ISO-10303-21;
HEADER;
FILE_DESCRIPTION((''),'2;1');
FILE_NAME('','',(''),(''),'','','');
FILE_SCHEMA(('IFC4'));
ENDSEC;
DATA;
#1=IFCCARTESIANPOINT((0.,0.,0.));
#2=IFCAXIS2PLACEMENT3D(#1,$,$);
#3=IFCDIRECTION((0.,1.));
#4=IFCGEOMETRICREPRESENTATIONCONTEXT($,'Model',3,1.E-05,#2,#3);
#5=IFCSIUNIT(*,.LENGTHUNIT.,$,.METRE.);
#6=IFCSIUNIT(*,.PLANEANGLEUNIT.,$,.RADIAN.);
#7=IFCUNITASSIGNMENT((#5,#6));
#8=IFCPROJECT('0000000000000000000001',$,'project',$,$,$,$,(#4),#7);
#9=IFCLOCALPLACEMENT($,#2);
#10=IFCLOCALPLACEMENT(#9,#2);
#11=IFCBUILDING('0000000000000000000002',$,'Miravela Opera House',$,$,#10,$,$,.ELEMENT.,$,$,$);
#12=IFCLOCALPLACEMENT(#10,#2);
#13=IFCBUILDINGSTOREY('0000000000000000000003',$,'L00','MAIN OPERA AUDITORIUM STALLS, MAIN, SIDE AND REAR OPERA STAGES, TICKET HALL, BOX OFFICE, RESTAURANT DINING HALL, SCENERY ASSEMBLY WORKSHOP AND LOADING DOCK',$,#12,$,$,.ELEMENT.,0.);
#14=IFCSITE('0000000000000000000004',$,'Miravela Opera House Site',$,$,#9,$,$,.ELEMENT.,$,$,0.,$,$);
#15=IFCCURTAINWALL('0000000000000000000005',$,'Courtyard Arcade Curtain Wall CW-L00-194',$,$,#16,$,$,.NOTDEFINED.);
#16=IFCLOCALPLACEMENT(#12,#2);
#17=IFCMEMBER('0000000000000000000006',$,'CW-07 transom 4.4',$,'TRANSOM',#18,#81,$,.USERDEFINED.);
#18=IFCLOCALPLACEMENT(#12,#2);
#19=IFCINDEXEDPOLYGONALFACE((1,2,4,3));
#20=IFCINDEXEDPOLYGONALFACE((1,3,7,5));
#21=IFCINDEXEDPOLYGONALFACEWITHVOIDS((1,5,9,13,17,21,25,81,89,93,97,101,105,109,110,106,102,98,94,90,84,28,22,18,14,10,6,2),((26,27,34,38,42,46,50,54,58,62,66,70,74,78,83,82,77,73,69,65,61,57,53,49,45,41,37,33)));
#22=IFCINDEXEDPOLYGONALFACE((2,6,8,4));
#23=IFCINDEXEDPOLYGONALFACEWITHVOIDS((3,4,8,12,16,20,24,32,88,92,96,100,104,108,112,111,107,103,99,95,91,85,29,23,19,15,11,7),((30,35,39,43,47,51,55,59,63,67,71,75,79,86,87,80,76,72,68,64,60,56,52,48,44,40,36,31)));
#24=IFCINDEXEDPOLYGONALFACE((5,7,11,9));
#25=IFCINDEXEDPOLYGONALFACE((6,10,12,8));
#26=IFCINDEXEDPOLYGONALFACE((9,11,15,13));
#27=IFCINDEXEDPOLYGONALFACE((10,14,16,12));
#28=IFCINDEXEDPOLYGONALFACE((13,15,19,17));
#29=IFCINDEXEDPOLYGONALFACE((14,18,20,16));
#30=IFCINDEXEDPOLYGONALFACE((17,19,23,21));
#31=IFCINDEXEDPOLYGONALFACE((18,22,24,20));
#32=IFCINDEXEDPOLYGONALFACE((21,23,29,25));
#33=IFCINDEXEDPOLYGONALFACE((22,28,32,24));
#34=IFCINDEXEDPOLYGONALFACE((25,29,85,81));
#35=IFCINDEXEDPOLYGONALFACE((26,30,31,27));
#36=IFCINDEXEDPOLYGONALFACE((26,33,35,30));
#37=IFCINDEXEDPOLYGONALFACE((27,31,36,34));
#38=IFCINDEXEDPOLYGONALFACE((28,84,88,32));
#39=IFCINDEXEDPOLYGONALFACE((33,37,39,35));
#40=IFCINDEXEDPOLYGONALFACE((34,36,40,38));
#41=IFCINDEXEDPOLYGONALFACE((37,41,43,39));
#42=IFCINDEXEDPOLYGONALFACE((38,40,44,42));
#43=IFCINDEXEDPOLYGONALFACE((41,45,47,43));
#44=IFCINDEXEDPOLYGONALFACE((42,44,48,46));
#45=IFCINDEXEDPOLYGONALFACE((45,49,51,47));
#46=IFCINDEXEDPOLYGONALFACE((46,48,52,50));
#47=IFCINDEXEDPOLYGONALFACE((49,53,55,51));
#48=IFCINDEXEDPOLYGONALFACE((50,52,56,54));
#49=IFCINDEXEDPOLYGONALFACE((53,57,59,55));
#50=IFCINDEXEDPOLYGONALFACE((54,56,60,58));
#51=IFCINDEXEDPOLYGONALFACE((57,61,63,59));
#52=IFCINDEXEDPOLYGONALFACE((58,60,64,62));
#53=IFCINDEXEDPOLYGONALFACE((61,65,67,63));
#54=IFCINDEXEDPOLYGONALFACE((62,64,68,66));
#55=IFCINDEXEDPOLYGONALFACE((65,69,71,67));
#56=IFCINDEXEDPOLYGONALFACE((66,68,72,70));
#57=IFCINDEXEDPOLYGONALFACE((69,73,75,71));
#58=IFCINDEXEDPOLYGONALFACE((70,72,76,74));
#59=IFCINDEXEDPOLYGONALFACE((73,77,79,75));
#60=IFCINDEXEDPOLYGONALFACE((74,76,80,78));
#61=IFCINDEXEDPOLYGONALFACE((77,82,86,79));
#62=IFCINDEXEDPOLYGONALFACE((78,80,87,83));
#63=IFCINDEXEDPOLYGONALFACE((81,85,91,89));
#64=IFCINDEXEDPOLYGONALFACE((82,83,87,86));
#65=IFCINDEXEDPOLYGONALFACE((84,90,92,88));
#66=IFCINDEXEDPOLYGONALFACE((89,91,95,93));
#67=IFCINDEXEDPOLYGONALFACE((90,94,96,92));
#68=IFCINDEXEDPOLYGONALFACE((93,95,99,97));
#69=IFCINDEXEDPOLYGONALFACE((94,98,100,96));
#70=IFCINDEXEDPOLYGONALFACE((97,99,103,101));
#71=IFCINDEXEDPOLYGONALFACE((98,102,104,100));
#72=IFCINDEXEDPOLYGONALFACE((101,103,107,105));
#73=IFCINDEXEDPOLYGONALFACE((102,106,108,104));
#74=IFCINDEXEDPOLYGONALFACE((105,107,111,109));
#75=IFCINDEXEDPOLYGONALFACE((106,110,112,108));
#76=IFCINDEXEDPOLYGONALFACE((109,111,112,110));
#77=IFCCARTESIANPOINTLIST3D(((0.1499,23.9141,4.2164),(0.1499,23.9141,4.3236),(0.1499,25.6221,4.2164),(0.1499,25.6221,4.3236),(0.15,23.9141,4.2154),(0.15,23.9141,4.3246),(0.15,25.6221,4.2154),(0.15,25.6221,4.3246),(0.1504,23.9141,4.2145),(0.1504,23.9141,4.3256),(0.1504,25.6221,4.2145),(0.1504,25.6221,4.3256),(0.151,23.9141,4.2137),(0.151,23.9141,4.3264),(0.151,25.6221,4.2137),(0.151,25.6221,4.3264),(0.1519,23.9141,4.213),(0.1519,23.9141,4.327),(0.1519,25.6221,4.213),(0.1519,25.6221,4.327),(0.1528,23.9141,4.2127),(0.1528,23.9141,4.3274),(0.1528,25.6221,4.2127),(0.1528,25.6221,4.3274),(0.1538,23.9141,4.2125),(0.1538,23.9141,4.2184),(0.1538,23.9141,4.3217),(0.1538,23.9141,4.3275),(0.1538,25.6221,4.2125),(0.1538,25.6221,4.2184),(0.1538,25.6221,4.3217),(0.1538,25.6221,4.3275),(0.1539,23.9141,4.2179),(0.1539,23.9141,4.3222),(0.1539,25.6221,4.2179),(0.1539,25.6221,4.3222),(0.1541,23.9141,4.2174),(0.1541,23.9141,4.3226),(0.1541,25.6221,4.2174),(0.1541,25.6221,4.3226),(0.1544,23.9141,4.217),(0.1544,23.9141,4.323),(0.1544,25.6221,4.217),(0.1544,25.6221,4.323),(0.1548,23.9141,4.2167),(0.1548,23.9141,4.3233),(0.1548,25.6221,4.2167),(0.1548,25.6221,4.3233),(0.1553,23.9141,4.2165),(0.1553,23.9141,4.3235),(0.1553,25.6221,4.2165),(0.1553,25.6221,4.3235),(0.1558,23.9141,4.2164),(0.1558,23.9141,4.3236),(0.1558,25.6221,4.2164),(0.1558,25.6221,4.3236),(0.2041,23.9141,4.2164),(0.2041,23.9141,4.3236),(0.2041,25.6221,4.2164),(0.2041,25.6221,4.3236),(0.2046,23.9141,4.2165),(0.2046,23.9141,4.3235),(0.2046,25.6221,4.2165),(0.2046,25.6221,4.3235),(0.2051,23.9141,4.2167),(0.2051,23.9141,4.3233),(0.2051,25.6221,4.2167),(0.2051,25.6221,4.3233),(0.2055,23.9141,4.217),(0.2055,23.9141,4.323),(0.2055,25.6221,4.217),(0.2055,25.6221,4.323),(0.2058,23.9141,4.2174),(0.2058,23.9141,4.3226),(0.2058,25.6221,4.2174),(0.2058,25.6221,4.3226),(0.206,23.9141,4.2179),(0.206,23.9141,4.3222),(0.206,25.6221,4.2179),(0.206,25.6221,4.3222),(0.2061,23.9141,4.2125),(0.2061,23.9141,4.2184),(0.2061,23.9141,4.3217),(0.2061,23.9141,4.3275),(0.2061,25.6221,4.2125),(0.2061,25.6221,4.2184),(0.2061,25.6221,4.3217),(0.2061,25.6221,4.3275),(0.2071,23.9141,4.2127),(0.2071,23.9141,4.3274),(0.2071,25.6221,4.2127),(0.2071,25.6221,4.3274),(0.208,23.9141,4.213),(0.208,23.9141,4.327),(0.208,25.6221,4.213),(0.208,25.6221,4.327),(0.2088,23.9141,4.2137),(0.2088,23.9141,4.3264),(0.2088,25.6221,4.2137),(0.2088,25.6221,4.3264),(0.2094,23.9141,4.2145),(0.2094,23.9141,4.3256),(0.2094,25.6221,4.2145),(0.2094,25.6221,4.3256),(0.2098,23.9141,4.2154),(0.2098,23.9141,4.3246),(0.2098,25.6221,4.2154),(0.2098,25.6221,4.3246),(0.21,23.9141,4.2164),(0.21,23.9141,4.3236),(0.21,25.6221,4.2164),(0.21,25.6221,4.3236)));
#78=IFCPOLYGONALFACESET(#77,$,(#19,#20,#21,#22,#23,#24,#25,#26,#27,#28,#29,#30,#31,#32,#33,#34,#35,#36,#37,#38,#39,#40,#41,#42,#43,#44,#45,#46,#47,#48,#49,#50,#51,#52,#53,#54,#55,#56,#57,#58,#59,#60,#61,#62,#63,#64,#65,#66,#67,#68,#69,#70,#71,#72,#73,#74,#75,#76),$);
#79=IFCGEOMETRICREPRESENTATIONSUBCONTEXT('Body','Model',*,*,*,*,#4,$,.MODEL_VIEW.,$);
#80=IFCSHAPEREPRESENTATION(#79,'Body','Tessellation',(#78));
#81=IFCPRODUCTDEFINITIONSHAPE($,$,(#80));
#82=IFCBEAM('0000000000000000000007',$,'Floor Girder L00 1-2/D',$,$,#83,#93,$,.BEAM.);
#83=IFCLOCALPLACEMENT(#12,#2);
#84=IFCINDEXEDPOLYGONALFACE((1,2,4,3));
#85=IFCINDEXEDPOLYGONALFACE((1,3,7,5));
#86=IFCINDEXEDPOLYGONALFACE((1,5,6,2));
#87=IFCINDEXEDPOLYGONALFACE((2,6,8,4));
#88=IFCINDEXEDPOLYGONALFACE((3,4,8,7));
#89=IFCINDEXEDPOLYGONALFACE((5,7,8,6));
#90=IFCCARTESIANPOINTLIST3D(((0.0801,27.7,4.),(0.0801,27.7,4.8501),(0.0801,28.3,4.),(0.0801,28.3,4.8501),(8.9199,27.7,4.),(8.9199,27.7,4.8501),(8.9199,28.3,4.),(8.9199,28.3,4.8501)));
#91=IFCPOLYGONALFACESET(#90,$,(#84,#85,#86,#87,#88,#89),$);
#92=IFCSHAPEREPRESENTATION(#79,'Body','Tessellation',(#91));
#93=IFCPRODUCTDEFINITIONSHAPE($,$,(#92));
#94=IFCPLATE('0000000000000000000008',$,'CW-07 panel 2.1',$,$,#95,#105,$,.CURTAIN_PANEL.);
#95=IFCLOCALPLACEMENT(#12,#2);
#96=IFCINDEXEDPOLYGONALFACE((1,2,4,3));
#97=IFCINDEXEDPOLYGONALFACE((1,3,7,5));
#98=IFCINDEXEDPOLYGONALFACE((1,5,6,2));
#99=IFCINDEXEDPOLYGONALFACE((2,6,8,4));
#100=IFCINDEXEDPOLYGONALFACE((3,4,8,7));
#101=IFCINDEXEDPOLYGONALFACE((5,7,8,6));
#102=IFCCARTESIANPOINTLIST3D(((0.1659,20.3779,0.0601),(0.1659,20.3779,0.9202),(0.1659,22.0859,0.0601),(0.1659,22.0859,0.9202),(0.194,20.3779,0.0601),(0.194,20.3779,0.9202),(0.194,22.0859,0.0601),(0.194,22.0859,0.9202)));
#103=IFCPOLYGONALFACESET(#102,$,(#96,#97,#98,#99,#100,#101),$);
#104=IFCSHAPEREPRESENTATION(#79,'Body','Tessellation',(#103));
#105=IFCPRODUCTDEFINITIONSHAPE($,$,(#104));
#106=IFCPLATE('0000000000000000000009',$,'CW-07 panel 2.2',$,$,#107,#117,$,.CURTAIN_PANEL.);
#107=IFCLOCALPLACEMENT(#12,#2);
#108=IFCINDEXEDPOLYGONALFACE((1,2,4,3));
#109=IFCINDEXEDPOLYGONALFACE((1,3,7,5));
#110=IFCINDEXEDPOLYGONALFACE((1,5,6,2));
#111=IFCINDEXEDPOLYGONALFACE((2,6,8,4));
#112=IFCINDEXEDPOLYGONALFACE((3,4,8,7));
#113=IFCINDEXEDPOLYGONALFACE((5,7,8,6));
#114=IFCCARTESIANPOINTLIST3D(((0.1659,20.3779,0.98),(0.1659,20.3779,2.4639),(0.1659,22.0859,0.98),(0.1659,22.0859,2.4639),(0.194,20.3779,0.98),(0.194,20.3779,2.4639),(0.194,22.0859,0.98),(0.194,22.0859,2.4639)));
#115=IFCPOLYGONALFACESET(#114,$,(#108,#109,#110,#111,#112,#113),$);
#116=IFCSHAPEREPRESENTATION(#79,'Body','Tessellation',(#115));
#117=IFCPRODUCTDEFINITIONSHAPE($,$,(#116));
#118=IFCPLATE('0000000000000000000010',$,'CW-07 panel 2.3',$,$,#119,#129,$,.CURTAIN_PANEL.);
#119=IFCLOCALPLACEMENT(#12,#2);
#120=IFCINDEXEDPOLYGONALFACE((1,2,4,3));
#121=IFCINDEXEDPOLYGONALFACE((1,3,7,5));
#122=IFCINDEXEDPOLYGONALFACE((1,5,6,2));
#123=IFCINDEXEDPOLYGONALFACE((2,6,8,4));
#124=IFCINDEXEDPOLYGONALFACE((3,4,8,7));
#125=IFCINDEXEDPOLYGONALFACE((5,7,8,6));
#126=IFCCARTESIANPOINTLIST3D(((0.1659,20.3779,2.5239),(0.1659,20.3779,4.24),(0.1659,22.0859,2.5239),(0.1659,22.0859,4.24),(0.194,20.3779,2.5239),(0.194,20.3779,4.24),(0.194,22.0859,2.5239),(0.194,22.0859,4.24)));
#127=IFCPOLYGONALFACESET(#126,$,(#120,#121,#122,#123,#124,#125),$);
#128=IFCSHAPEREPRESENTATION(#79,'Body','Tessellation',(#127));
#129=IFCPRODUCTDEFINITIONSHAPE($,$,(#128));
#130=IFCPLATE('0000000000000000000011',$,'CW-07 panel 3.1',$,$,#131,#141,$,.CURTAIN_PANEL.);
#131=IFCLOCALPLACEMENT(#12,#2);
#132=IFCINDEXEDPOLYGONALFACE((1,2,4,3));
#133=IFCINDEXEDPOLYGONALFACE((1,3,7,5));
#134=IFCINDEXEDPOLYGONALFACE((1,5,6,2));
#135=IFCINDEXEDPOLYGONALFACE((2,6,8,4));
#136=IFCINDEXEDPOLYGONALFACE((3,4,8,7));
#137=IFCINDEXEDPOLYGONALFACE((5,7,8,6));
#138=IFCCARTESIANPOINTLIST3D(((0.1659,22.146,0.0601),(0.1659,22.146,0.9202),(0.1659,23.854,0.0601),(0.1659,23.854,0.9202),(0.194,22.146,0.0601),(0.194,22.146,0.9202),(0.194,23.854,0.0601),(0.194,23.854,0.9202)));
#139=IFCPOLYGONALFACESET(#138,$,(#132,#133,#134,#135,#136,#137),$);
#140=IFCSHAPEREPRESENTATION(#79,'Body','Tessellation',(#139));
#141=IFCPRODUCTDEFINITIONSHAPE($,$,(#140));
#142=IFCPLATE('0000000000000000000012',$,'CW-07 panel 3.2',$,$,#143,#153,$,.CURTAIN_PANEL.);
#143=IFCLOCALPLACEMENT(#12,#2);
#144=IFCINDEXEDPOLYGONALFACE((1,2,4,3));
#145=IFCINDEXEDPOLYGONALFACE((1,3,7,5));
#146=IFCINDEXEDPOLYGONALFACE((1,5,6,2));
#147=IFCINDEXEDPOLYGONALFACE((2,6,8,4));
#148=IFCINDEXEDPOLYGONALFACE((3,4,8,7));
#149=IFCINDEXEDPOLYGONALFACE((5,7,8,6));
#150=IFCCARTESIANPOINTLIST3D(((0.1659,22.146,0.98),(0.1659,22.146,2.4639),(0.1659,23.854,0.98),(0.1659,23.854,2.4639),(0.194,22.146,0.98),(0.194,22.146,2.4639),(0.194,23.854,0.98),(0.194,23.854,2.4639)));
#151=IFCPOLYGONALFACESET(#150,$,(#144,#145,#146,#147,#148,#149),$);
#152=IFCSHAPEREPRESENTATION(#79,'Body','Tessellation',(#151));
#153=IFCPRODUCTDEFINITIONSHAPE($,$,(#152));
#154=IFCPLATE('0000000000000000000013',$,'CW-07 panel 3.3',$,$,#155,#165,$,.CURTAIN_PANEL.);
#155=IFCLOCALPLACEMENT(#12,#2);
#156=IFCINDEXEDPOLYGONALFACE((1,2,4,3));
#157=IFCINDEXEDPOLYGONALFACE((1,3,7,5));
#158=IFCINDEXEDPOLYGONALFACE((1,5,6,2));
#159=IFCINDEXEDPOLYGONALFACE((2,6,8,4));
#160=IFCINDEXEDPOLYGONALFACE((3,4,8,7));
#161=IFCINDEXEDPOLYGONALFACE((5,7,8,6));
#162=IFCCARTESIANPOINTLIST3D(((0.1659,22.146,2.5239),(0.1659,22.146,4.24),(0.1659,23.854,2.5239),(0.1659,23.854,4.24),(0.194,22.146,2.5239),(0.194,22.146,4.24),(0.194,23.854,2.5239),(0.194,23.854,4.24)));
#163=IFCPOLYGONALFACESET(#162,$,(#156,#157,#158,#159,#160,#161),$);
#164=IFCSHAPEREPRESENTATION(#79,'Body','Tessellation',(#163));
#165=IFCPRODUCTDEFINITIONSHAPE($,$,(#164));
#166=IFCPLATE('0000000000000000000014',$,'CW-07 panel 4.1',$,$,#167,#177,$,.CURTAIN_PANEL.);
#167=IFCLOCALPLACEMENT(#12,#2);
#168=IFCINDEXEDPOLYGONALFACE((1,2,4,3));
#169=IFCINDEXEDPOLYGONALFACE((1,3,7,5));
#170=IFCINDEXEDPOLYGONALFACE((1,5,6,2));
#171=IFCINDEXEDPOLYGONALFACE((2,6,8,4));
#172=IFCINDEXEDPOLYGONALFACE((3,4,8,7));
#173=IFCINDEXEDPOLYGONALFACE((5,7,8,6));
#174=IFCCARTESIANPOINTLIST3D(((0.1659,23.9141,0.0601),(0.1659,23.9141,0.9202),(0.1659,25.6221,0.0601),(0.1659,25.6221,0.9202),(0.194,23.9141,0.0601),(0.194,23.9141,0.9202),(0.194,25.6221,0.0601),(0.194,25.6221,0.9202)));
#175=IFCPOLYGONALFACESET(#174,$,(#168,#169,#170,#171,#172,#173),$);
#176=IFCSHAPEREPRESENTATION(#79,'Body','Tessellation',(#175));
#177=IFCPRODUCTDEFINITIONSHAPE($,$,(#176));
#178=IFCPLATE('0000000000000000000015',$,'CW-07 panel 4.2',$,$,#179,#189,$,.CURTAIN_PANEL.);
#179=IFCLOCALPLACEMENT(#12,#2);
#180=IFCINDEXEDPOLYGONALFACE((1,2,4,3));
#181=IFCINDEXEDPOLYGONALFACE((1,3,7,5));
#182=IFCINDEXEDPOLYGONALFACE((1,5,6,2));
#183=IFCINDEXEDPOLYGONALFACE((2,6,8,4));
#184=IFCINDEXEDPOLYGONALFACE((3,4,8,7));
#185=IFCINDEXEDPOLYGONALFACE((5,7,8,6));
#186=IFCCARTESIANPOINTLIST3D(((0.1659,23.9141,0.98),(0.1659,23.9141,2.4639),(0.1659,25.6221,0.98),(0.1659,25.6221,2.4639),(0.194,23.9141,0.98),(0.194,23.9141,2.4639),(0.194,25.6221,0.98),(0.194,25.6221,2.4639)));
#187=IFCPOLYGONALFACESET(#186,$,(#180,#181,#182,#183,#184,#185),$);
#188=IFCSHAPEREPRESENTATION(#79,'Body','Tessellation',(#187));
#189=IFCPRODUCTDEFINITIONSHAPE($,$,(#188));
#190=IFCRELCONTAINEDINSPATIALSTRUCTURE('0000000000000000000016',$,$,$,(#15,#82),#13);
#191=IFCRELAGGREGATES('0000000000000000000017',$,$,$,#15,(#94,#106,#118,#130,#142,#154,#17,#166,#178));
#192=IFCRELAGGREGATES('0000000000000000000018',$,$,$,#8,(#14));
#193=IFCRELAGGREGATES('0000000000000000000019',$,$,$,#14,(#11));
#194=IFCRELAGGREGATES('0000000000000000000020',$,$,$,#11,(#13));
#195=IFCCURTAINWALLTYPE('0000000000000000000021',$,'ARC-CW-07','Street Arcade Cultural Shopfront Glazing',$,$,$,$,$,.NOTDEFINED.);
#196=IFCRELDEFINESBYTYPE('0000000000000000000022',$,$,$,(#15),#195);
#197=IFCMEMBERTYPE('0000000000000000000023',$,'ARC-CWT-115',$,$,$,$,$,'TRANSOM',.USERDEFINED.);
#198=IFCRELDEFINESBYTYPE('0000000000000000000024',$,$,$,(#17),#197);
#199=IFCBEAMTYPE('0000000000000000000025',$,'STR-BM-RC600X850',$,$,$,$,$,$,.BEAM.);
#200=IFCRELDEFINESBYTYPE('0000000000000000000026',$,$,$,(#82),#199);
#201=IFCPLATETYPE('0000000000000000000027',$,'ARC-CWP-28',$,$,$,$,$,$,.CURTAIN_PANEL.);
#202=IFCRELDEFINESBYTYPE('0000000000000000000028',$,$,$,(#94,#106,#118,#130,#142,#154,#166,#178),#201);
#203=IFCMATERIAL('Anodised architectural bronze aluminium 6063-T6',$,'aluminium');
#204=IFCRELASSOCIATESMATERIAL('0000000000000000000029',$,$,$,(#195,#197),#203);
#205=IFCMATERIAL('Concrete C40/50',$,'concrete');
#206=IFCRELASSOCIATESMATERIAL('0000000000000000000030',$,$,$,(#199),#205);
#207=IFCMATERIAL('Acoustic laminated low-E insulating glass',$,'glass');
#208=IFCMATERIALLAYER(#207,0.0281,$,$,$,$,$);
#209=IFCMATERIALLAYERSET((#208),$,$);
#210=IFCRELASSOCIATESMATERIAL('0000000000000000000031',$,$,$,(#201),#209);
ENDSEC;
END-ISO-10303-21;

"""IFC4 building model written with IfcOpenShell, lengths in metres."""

from ifc_helpers import new_model, si_unit, direction, frame, origin, origin_2d, place, context, subcontext, project, spatial, rectangle, hollow_rectangle, extrude, material, layer, layer_set, material_profile, profile_set, type_object, element, aggregate, save


model = new_model("IFC4")

# Units and contexts
model_context = context("Model", 3, precision=1e-05, world=origin(), true_north=direction((0.0, 1.0)))
body_context = subcontext(model_context, "Body", "Model", "MODEL_VIEW")
ifc_project = project(units=[si_unit("LENGTHUNIT", "METRE"), si_unit("PLANEANGLEUNIT", "RADIAN")], contexts=[model_context])

# Site, building, storey
site_placement = place(None, origin())
site = spatial("IfcSite", under=ifc_project, at=site_placement, Name="Miravela Opera House Site", CompositionType="ELEMENT", RefElevation=0.0)
building_placement = place(site_placement, origin())
building = spatial("IfcBuilding", under=site, at=building_placement, Name="Miravela Opera House", CompositionType="ELEMENT")
storey_placement = place(building_placement, origin())
storey = spatial("IfcBuildingStorey", under=building, at=storey_placement, Name="L00", Description="MAIN OPERA AUDITORIUM STALLS, MAIN, SIDE AND REAR OPERA STAGES, TICKET HALL, BOX OFFICE, RESTAURANT DINING HALL, SCENERY ASSEMBLY WORKSHOP AND LOADING DOCK", CompositionType="ELEMENT", Elevation=0.0)

# Shared definitions
ifc_material_1 = material(Name="Concrete C40/50", Category="concrete")

# Curtain wall, member
ifc_material_2 = material(Name="Anodised architectural bronze aluminium 6063-T6", Category="aluminium")
curtain_wall_type = type_object("IfcCurtainWallType", Name="ARC-CW-07", Description="Street Arcade Cultural Shopfront Glazing", PredefinedType="NOTDEFINED", material=ifc_material_2)
curtain_wall_placement = place(storey_placement, origin())
curtain_wall = element("IfcCurtainWall", 1, at=curtain_wall_placement, inside=storey, type_object=curtain_wall_type, Name="Courtyard Arcade Curtain Wall CW-L00-194", PredefinedType="NOTDEFINED")
ifc_material_profile_1 = material_profile(ifc_material_2, hollow_rectangle(XDim=0.0601, YDim=0.115, WallThickness=0.0039, InnerFilletRadius=0.002, OuterFilletRadius=0.0039, at=origin_2d()), Name="CWT-60X115")
ifc_profile_set_1 = profile_set([ifc_material_profile_1])
member_type_1 = type_object("IfcMemberType", Name="ARC-CWT-115", ElementType="TRANSOM", PredefinedType="USERDEFINED", material=ifc_profile_set_1)
member_1_placement = place(storey_placement, frame((0.1799, 23.9141, 4.27), z_axis=(0.0, 1.0, 0.0), x_axis=(-1.0, 0.0, 0.0)))
member_1 = element("IfcMember", 2, at=member_1_placement, type_object=member_type_1, Name="CW-07 transom 4.4", ObjectType="TRANSOM", PredefinedType="USERDEFINED", context=body_context, shape_type="SweptSolid", body=[
    extrude(hollow_rectangle(XDim=0.0601, YDim=0.115, WallThickness=0.0039, InnerFilletRadius=0.002, OuterFilletRadius=0.0039, at=origin_2d()), origin(), (0.0, 0.0, 1.0), 1.708),
])

# Beam
ifc_material_profile_2 = material_profile(ifc_material_1, rectangle(XDim=0.6001, YDim=0.8501, at=origin_2d()), Name="RC-BM-600X850")
ifc_profile_set_2 = profile_set([ifc_material_profile_2])
beam_type = type_object("IfcBeamType", Name="STR-BM-RC600X850", PredefinedType="BEAM", material=ifc_profile_set_2)
beam_placement = place(storey_placement, frame((0.0801, 28.0, 4.425), z_axis=(1.0, 0.0, 0.0), x_axis=(0.0, 1.0, 0.0)))
element("IfcBeam", 3, at=beam_placement, inside=storey, type_object=beam_type, Name="Floor Girder L00 1-2/D", PredefinedType="BEAM", context=body_context, shape_type="SweptSolid", body=[
    extrude(rectangle(XDim=0.6001, YDim=0.8501, at=origin_2d()), origin(), (0.0, 0.0, 1.0), 8.8398),
])

# Plates
ifc_material_3 = material(Name="Acoustic laminated low-E insulating glass", Category="glass")
ifc_layer = layer(ifc_material_3, 0.0281)
ifc_layer_set = layer_set([ifc_layer])
plate_type = type_object("IfcPlateType", Name="ARC-CWP-28", PredefinedType="CURTAIN_PANEL", material=ifc_layer_set)
plate_1_placement = place(storey_placement, frame((0.1799, 21.2319, 0.0601), z_axis=(0.0, 0.0, 1.0), x_axis=(0.0, 1.0, 0.0)))
plate_1 = element("IfcPlate", 4, at=plate_1_placement, type_object=plate_type, Name="CW-07 panel 2.1", PredefinedType="CURTAIN_PANEL", context=body_context, shape_type="SweptSolid", body=[
    extrude(rectangle(XDim=1.708, YDim=0.0281, at=origin_2d()), origin(), (0.0, 0.0, 1.0), 0.8601),
])
plate_2_placement = place(storey_placement, frame((0.1799, 21.2319, 0.98), z_axis=(0.0, 0.0, 1.0), x_axis=(0.0, 1.0, 0.0)))
plate_2 = element("IfcPlate", 5, at=plate_2_placement, type_object=plate_type, Name="CW-07 panel 2.2", PredefinedType="CURTAIN_PANEL", context=body_context, shape_type="SweptSolid", body=[
    extrude(rectangle(XDim=1.708, YDim=0.0281, at=origin_2d()), origin(), (0.0, 0.0, 1.0), 1.4839),
])
plate_3_placement = place(storey_placement, frame((0.1799, 21.2319, 2.5239), z_axis=(0.0, 0.0, 1.0), x_axis=(0.0, 1.0, 0.0)))
plate_3 = element("IfcPlate", 6, at=plate_3_placement, type_object=plate_type, Name="CW-07 panel 2.3", PredefinedType="CURTAIN_PANEL", context=body_context, shape_type="SweptSolid", body=[
    extrude(rectangle(XDim=1.708, YDim=0.0281, at=origin_2d()), origin(), (0.0, 0.0, 1.0), 1.7161),
])
plate_4_placement = place(storey_placement, frame((0.1799, 23.0, 0.0601), z_axis=(0.0, 0.0, 1.0), x_axis=(0.0, 1.0, 0.0)))
plate_4 = element("IfcPlate", 7, at=plate_4_placement, type_object=plate_type, Name="CW-07 panel 3.1", PredefinedType="CURTAIN_PANEL", context=body_context, shape_type="SweptSolid", body=[
    extrude(rectangle(XDim=1.708, YDim=0.0281, at=origin_2d()), origin(), (0.0, 0.0, 1.0), 0.8601),
])
plate_5_placement = place(storey_placement, frame((0.1799, 23.0, 0.98), z_axis=(0.0, 0.0, 1.0), x_axis=(0.0, 1.0, 0.0)))
plate_5 = element("IfcPlate", 8, at=plate_5_placement, type_object=plate_type, Name="CW-07 panel 3.2", PredefinedType="CURTAIN_PANEL", context=body_context, shape_type="SweptSolid", body=[
    extrude(rectangle(XDim=1.708, YDim=0.0281, at=origin_2d()), origin(), (0.0, 0.0, 1.0), 1.4839),
])
plate_6_placement = place(storey_placement, frame((0.1799, 23.0, 2.5239), z_axis=(0.0, 0.0, 1.0), x_axis=(0.0, 1.0, 0.0)))
plate_6 = element("IfcPlate", 9, at=plate_6_placement, type_object=plate_type, Name="CW-07 panel 3.3", PredefinedType="CURTAIN_PANEL", context=body_context, shape_type="SweptSolid", body=[
    extrude(rectangle(XDim=1.708, YDim=0.0281, at=origin_2d()), origin(), (0.0, 0.0, 1.0), 1.7161),
])
plate_7_placement = place(storey_placement, frame((0.1799, 24.7681, 0.0601), z_axis=(0.0, 0.0, 1.0), x_axis=(0.0, 1.0, 0.0)))
plate_7 = element("IfcPlate", 10, at=plate_7_placement, type_object=plate_type, Name="CW-07 panel 4.1", PredefinedType="CURTAIN_PANEL", context=body_context, shape_type="SweptSolid", body=[
    extrude(rectangle(XDim=1.708, YDim=0.0281, at=origin_2d()), origin(), (0.0, 0.0, 1.0), 0.8601),
])
plate_8_placement = place(storey_placement, frame((0.1799, 24.7681, 0.98), z_axis=(0.0, 0.0, 1.0), x_axis=(0.0, 1.0, 0.0)))
plate_8 = element("IfcPlate", 11, at=plate_8_placement, type_object=plate_type, Name="CW-07 panel 4.2", PredefinedType="CURTAIN_PANEL", context=body_context, shape_type="SweptSolid", body=[
    extrude(rectangle(XDim=1.708, YDim=0.0281, at=origin_2d()), origin(), (0.0, 0.0, 1.0), 1.4839),
])
aggregate(curtain_wall, [plate_1, plate_2, plate_3, plate_4, plate_5, plate_6, member_1, plate_7, plate_8])

save(model, "model.ifc")
